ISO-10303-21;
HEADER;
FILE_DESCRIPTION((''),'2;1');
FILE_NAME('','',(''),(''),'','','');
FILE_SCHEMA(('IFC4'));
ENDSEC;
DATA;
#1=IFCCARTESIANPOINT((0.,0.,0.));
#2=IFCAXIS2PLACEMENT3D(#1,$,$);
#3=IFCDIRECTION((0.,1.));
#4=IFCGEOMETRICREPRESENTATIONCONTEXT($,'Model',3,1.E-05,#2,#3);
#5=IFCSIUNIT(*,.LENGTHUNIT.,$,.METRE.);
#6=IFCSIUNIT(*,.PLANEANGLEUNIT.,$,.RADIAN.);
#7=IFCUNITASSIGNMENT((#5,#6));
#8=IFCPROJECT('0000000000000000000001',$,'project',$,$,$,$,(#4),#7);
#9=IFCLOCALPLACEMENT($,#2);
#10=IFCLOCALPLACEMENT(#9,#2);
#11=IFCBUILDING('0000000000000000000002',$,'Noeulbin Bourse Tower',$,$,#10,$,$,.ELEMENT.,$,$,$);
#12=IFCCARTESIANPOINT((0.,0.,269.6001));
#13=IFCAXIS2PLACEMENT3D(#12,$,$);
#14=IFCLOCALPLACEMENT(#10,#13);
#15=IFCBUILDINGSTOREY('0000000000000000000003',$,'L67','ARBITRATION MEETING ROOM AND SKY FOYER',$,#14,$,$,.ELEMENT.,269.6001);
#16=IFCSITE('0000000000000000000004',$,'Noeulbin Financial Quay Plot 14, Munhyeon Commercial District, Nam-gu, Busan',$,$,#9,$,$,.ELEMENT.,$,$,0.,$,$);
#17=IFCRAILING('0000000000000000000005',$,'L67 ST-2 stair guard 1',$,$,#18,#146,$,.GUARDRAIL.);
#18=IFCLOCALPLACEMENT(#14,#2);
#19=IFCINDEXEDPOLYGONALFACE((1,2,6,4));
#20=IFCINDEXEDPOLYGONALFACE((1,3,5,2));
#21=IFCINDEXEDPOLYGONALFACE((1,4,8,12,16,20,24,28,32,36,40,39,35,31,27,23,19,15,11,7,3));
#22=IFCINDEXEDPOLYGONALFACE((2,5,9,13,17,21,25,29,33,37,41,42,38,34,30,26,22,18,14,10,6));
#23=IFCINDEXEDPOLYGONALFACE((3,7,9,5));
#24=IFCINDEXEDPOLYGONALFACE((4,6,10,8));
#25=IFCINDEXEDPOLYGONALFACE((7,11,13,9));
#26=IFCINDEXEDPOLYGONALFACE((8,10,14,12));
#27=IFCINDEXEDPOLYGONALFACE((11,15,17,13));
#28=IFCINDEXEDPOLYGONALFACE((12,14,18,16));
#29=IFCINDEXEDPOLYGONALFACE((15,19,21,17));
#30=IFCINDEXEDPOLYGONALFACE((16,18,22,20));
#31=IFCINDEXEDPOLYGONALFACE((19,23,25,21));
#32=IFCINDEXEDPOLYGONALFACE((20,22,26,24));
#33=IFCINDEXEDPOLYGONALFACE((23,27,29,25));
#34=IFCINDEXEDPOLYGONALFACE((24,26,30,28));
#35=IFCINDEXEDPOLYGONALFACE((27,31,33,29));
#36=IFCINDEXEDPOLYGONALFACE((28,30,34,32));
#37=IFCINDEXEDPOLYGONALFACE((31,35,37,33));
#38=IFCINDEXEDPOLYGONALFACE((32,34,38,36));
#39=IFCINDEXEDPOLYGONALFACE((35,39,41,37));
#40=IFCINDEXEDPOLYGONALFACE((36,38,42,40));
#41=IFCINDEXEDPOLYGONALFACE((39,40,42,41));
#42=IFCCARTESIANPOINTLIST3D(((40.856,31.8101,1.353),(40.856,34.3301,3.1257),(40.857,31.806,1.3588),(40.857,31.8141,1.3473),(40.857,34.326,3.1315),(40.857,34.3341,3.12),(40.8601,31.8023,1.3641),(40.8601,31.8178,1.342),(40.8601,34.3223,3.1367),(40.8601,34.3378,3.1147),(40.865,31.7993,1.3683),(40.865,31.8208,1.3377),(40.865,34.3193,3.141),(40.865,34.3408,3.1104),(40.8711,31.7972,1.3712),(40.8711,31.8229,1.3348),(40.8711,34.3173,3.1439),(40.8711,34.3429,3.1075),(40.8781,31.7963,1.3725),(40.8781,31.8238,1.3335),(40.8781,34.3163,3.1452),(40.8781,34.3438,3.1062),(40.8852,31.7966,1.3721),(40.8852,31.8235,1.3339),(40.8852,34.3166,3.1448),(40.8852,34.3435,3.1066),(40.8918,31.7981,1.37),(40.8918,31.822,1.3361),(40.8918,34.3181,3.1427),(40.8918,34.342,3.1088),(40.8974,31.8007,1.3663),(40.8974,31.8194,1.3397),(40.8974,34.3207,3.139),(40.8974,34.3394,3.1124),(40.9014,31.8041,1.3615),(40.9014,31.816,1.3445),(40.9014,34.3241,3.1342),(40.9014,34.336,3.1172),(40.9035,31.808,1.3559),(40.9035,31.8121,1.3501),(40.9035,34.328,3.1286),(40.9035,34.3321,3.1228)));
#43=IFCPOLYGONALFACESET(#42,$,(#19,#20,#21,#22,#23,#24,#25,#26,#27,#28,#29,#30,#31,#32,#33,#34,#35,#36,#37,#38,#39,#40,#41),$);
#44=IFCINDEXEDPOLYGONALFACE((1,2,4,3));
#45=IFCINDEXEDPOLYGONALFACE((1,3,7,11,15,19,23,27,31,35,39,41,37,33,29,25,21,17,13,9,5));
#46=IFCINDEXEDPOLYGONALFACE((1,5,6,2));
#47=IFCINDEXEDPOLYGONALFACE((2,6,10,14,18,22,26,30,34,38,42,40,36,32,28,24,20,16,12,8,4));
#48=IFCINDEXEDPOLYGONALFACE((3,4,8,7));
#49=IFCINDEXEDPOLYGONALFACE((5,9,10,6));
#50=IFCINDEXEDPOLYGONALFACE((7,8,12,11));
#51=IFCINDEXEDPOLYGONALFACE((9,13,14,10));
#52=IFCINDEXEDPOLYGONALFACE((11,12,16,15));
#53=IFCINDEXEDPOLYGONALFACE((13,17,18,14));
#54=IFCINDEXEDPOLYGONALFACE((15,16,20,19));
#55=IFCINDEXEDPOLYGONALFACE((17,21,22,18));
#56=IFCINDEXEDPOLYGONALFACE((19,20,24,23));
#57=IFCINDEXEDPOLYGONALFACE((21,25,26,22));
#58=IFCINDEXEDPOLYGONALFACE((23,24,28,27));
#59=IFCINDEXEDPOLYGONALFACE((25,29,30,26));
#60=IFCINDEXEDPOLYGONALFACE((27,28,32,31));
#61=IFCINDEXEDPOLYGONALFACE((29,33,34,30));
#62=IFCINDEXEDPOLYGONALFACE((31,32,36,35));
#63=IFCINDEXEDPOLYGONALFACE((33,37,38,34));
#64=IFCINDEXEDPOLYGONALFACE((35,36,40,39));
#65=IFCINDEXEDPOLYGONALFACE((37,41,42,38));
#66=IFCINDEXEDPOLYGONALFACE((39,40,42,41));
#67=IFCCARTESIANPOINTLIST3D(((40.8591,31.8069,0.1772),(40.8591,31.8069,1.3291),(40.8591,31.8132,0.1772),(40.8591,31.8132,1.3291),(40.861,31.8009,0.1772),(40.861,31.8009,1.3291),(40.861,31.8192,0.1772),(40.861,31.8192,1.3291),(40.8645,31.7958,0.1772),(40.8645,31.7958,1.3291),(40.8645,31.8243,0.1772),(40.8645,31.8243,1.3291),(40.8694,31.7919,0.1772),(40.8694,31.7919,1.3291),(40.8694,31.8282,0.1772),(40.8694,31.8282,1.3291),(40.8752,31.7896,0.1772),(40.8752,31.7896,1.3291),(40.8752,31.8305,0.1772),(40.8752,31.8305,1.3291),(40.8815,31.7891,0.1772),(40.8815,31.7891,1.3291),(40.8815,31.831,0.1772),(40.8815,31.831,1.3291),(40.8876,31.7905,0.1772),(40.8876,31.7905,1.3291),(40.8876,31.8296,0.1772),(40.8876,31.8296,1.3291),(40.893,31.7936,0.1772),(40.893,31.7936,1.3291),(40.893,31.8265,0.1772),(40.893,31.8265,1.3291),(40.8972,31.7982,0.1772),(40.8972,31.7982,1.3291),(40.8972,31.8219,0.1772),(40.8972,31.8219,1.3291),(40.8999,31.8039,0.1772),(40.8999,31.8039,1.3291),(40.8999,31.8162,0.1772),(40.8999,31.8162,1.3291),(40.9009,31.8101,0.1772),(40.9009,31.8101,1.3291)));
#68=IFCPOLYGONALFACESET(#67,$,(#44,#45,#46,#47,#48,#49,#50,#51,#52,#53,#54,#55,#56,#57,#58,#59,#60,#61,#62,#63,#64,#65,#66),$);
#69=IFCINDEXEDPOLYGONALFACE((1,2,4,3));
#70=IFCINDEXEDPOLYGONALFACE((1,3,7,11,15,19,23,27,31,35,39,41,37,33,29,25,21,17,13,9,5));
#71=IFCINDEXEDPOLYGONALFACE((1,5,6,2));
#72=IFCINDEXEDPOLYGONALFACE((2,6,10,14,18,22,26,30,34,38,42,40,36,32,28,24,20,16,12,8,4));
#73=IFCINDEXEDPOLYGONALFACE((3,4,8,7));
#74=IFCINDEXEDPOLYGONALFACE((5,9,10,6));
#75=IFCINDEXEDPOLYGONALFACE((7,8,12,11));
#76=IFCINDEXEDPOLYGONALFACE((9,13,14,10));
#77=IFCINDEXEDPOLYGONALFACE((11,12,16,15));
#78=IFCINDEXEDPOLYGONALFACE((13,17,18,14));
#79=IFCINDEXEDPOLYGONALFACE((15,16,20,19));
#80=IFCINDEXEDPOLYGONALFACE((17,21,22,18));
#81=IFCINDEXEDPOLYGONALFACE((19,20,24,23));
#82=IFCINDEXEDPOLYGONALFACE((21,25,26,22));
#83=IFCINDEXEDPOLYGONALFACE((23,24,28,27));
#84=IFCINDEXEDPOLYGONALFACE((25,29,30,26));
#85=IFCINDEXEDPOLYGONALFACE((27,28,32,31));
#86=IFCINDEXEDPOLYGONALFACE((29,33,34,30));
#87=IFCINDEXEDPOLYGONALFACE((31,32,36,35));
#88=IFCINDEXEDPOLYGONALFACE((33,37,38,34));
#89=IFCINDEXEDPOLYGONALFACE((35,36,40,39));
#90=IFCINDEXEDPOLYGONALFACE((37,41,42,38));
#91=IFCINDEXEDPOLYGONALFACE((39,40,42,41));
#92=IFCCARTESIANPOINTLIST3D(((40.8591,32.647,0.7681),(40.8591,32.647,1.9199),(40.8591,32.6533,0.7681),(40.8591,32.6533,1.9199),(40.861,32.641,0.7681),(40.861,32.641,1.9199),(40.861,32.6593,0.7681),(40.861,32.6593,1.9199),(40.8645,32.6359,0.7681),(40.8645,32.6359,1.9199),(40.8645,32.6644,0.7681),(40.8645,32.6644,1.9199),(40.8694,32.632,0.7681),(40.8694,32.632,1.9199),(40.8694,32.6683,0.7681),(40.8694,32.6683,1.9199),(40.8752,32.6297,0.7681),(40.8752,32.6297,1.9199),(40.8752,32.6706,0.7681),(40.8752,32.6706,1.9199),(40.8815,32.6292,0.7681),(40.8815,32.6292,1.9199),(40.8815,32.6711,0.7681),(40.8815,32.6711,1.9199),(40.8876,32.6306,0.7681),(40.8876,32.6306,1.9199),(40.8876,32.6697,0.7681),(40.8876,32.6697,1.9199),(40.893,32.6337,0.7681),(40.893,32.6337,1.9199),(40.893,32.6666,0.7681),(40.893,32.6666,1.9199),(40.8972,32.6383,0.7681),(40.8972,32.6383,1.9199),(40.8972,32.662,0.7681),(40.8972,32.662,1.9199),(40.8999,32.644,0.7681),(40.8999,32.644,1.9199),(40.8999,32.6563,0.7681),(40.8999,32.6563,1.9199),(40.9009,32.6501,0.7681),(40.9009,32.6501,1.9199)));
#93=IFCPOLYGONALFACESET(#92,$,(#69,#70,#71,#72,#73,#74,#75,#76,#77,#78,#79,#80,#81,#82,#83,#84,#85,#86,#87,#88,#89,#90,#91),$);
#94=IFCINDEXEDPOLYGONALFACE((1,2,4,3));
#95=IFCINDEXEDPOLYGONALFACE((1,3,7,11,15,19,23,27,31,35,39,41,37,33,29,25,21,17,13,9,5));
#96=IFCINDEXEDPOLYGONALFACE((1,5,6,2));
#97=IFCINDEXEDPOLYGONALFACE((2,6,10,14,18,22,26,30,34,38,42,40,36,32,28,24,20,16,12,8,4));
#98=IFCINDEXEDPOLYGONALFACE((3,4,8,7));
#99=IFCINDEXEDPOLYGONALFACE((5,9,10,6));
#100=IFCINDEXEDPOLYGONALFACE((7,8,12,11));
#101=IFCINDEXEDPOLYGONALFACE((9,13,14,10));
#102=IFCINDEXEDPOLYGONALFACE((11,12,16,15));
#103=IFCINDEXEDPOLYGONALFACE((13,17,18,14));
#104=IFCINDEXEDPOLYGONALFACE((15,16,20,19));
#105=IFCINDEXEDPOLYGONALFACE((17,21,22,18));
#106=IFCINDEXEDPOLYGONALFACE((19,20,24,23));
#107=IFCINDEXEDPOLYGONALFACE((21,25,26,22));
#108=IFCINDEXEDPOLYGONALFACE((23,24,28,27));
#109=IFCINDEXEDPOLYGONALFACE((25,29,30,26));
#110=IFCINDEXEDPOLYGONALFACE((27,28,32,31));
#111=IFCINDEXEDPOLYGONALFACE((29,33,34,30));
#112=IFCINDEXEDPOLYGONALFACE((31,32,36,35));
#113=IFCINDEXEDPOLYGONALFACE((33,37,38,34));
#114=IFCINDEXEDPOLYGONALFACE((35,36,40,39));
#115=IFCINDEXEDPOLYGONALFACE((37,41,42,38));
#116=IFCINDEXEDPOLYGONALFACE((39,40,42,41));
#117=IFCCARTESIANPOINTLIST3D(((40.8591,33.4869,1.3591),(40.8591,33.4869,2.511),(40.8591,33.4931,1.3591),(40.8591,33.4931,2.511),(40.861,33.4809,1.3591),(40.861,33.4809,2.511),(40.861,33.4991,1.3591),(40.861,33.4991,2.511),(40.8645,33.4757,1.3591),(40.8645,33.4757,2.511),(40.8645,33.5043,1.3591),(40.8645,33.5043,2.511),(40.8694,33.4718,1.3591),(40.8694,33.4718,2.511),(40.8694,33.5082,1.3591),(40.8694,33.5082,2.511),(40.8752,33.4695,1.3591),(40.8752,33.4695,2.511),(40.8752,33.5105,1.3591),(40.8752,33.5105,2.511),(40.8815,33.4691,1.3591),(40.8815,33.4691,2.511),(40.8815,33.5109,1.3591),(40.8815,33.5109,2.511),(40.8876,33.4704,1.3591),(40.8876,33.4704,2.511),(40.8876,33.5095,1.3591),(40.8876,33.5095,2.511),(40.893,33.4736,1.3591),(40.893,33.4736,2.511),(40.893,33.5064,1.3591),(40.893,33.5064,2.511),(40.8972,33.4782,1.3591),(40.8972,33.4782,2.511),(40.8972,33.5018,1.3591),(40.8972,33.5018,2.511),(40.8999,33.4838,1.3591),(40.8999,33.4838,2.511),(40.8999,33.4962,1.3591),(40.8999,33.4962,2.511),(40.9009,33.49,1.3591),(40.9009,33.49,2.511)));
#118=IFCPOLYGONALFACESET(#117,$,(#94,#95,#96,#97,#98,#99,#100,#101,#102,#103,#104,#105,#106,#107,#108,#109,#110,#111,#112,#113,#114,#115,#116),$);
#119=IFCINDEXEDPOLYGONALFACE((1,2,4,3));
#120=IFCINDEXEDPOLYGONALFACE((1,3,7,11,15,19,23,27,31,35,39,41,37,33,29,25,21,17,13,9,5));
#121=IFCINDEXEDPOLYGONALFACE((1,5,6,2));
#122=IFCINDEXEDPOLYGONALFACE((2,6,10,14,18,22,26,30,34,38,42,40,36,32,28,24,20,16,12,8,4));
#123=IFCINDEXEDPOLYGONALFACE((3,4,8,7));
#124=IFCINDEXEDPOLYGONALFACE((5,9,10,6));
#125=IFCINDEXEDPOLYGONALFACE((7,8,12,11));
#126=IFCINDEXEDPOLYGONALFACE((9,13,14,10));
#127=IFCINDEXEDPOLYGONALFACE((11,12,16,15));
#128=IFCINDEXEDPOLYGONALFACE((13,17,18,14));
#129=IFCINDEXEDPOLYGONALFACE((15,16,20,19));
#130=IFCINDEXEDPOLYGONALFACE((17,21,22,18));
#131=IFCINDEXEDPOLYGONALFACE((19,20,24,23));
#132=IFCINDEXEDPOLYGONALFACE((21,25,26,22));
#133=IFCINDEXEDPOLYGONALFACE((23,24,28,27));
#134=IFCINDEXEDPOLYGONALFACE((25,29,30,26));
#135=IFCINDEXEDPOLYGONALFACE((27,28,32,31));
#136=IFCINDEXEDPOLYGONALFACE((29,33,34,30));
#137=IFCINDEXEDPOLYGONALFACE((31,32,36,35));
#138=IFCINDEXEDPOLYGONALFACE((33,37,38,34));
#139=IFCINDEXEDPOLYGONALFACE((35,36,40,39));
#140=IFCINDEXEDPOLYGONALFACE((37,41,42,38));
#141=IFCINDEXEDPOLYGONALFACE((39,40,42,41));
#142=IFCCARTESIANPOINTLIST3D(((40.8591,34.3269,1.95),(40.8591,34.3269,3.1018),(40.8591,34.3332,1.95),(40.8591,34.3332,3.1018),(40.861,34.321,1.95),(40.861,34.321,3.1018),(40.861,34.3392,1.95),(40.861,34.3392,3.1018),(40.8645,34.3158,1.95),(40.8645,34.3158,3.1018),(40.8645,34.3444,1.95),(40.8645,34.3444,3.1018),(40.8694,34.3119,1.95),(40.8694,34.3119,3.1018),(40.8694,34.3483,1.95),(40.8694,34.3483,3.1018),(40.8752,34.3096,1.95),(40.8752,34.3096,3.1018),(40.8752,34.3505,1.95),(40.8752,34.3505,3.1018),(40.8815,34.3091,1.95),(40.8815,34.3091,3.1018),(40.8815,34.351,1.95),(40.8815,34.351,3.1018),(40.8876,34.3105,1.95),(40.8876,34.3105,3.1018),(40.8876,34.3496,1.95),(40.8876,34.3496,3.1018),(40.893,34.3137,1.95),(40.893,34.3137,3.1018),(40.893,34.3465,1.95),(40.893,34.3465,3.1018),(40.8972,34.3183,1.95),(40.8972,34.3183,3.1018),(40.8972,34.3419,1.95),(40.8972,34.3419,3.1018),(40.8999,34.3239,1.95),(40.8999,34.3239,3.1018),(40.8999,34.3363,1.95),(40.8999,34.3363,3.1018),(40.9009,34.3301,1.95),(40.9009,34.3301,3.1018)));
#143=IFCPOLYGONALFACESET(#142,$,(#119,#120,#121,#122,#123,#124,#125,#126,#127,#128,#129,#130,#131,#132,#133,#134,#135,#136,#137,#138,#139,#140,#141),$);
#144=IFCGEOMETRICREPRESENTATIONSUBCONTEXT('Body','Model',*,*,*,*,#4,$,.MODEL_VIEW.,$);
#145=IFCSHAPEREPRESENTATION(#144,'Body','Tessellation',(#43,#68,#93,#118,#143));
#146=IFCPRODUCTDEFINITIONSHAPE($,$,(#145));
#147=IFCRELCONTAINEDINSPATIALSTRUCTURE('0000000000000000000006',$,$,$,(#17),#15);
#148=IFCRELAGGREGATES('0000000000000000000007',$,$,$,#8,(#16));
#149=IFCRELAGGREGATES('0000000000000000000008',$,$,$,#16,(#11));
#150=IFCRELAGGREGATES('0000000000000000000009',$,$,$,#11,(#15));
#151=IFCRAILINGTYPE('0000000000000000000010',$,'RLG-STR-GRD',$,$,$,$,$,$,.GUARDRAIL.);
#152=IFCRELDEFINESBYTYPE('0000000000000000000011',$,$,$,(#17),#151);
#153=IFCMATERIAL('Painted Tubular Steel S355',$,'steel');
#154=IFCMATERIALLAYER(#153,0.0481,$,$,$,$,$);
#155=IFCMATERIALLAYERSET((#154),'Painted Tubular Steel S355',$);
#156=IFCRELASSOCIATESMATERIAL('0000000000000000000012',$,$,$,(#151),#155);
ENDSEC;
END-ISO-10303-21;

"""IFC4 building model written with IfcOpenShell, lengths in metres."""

from ifc_helpers import new_model, si_unit, direction, frame, origin, origin_2d, place, context, subcontext, project, spatial, circle, extrude, material, layer, layer_set, type_object, element, save


model = new_model("IFC4")

# Units and contexts
model_context = context("Model", 3, precision=1e-05, world=origin(), true_north=direction((0.0, 1.0)))
body_context = subcontext(model_context, "Body", "Model", "MODEL_VIEW")
ifc_project = project(units=[si_unit("LENGTHUNIT", "METRE"), si_unit("PLANEANGLEUNIT", "RADIAN")], contexts=[model_context])

# Site, building, storey
site_placement = place(None, origin())
site = spatial("IfcSite", under=ifc_project, at=site_placement, Name="Noeulbin Financial Quay Plot 14, Munhyeon Commercial District, Nam-gu, Busan", CompositionType="ELEMENT", RefElevation=0.0)
building_placement = place(site_placement, origin())
building = spatial("IfcBuilding", under=site, at=building_placement, Name="Noeulbin Bourse Tower", CompositionType="ELEMENT")
storey_placement = place(building_placement, frame((0.0, 0.0, 269.6001)))
storey = spatial("IfcBuildingStorey", under=building, at=storey_placement, Name="L67", Description="ARBITRATION MEETING ROOM AND SKY FOYER", CompositionType="ELEMENT", Elevation=269.6001)

# Railing
ifc_material_1 = material(Name="Painted Tubular Steel S355", Category="steel")
ifc_layer_1 = layer(ifc_material_1, 0.0481)
ifc_layer_set_1 = layer_set([ifc_layer_1], Name="Painted Tubular Steel S355")
railing_type_1 = type_object("IfcRailingType", Name="RLG-STR-GRD", PredefinedType="GUARDRAIL", material=ifc_layer_set_1)
railing_1_placement = place(storey_placement, frame((40.8799, 31.8101, 0.1772)))
element("IfcRailing", 1, at=railing_1_placement, inside=storey, type_object=railing_type_1, Name="L67 ST-2 stair guard 1", PredefinedType="GUARDRAIL", context=body_context, shape_type="SweptSolid", body=[
    extrude(circle(Radius=0.0239, at=origin_2d()), frame((0.0, 0.0, 1.1758), z_axis=(0.0, 0.817904, 0.575354), x_axis=(-1.0, 0.0, 0.0)), (0.0, 0.0, 1.0), 3.0811),
    extrude(circle(Radius=0.021, at=origin_2d()), origin(), (0.0, 0.0, 1.0), 1.1519),
    extrude(circle(Radius=0.021, at=origin_2d()), frame((0.0, 0.8401, 0.5908)), (0.0, 0.0, 1.0), 1.1519),
    extrude(circle(Radius=0.021, at=origin_2d()), frame((0.0, 1.6799, 1.1819)), (0.0, 0.0, 1.0), 1.1519),
    extrude(circle(Radius=0.021, at=origin_2d()), frame((0.0, 2.52, 1.7727)), (0.0, 0.0, 1.0), 1.1519),
])

save(model, "model.ifc")
